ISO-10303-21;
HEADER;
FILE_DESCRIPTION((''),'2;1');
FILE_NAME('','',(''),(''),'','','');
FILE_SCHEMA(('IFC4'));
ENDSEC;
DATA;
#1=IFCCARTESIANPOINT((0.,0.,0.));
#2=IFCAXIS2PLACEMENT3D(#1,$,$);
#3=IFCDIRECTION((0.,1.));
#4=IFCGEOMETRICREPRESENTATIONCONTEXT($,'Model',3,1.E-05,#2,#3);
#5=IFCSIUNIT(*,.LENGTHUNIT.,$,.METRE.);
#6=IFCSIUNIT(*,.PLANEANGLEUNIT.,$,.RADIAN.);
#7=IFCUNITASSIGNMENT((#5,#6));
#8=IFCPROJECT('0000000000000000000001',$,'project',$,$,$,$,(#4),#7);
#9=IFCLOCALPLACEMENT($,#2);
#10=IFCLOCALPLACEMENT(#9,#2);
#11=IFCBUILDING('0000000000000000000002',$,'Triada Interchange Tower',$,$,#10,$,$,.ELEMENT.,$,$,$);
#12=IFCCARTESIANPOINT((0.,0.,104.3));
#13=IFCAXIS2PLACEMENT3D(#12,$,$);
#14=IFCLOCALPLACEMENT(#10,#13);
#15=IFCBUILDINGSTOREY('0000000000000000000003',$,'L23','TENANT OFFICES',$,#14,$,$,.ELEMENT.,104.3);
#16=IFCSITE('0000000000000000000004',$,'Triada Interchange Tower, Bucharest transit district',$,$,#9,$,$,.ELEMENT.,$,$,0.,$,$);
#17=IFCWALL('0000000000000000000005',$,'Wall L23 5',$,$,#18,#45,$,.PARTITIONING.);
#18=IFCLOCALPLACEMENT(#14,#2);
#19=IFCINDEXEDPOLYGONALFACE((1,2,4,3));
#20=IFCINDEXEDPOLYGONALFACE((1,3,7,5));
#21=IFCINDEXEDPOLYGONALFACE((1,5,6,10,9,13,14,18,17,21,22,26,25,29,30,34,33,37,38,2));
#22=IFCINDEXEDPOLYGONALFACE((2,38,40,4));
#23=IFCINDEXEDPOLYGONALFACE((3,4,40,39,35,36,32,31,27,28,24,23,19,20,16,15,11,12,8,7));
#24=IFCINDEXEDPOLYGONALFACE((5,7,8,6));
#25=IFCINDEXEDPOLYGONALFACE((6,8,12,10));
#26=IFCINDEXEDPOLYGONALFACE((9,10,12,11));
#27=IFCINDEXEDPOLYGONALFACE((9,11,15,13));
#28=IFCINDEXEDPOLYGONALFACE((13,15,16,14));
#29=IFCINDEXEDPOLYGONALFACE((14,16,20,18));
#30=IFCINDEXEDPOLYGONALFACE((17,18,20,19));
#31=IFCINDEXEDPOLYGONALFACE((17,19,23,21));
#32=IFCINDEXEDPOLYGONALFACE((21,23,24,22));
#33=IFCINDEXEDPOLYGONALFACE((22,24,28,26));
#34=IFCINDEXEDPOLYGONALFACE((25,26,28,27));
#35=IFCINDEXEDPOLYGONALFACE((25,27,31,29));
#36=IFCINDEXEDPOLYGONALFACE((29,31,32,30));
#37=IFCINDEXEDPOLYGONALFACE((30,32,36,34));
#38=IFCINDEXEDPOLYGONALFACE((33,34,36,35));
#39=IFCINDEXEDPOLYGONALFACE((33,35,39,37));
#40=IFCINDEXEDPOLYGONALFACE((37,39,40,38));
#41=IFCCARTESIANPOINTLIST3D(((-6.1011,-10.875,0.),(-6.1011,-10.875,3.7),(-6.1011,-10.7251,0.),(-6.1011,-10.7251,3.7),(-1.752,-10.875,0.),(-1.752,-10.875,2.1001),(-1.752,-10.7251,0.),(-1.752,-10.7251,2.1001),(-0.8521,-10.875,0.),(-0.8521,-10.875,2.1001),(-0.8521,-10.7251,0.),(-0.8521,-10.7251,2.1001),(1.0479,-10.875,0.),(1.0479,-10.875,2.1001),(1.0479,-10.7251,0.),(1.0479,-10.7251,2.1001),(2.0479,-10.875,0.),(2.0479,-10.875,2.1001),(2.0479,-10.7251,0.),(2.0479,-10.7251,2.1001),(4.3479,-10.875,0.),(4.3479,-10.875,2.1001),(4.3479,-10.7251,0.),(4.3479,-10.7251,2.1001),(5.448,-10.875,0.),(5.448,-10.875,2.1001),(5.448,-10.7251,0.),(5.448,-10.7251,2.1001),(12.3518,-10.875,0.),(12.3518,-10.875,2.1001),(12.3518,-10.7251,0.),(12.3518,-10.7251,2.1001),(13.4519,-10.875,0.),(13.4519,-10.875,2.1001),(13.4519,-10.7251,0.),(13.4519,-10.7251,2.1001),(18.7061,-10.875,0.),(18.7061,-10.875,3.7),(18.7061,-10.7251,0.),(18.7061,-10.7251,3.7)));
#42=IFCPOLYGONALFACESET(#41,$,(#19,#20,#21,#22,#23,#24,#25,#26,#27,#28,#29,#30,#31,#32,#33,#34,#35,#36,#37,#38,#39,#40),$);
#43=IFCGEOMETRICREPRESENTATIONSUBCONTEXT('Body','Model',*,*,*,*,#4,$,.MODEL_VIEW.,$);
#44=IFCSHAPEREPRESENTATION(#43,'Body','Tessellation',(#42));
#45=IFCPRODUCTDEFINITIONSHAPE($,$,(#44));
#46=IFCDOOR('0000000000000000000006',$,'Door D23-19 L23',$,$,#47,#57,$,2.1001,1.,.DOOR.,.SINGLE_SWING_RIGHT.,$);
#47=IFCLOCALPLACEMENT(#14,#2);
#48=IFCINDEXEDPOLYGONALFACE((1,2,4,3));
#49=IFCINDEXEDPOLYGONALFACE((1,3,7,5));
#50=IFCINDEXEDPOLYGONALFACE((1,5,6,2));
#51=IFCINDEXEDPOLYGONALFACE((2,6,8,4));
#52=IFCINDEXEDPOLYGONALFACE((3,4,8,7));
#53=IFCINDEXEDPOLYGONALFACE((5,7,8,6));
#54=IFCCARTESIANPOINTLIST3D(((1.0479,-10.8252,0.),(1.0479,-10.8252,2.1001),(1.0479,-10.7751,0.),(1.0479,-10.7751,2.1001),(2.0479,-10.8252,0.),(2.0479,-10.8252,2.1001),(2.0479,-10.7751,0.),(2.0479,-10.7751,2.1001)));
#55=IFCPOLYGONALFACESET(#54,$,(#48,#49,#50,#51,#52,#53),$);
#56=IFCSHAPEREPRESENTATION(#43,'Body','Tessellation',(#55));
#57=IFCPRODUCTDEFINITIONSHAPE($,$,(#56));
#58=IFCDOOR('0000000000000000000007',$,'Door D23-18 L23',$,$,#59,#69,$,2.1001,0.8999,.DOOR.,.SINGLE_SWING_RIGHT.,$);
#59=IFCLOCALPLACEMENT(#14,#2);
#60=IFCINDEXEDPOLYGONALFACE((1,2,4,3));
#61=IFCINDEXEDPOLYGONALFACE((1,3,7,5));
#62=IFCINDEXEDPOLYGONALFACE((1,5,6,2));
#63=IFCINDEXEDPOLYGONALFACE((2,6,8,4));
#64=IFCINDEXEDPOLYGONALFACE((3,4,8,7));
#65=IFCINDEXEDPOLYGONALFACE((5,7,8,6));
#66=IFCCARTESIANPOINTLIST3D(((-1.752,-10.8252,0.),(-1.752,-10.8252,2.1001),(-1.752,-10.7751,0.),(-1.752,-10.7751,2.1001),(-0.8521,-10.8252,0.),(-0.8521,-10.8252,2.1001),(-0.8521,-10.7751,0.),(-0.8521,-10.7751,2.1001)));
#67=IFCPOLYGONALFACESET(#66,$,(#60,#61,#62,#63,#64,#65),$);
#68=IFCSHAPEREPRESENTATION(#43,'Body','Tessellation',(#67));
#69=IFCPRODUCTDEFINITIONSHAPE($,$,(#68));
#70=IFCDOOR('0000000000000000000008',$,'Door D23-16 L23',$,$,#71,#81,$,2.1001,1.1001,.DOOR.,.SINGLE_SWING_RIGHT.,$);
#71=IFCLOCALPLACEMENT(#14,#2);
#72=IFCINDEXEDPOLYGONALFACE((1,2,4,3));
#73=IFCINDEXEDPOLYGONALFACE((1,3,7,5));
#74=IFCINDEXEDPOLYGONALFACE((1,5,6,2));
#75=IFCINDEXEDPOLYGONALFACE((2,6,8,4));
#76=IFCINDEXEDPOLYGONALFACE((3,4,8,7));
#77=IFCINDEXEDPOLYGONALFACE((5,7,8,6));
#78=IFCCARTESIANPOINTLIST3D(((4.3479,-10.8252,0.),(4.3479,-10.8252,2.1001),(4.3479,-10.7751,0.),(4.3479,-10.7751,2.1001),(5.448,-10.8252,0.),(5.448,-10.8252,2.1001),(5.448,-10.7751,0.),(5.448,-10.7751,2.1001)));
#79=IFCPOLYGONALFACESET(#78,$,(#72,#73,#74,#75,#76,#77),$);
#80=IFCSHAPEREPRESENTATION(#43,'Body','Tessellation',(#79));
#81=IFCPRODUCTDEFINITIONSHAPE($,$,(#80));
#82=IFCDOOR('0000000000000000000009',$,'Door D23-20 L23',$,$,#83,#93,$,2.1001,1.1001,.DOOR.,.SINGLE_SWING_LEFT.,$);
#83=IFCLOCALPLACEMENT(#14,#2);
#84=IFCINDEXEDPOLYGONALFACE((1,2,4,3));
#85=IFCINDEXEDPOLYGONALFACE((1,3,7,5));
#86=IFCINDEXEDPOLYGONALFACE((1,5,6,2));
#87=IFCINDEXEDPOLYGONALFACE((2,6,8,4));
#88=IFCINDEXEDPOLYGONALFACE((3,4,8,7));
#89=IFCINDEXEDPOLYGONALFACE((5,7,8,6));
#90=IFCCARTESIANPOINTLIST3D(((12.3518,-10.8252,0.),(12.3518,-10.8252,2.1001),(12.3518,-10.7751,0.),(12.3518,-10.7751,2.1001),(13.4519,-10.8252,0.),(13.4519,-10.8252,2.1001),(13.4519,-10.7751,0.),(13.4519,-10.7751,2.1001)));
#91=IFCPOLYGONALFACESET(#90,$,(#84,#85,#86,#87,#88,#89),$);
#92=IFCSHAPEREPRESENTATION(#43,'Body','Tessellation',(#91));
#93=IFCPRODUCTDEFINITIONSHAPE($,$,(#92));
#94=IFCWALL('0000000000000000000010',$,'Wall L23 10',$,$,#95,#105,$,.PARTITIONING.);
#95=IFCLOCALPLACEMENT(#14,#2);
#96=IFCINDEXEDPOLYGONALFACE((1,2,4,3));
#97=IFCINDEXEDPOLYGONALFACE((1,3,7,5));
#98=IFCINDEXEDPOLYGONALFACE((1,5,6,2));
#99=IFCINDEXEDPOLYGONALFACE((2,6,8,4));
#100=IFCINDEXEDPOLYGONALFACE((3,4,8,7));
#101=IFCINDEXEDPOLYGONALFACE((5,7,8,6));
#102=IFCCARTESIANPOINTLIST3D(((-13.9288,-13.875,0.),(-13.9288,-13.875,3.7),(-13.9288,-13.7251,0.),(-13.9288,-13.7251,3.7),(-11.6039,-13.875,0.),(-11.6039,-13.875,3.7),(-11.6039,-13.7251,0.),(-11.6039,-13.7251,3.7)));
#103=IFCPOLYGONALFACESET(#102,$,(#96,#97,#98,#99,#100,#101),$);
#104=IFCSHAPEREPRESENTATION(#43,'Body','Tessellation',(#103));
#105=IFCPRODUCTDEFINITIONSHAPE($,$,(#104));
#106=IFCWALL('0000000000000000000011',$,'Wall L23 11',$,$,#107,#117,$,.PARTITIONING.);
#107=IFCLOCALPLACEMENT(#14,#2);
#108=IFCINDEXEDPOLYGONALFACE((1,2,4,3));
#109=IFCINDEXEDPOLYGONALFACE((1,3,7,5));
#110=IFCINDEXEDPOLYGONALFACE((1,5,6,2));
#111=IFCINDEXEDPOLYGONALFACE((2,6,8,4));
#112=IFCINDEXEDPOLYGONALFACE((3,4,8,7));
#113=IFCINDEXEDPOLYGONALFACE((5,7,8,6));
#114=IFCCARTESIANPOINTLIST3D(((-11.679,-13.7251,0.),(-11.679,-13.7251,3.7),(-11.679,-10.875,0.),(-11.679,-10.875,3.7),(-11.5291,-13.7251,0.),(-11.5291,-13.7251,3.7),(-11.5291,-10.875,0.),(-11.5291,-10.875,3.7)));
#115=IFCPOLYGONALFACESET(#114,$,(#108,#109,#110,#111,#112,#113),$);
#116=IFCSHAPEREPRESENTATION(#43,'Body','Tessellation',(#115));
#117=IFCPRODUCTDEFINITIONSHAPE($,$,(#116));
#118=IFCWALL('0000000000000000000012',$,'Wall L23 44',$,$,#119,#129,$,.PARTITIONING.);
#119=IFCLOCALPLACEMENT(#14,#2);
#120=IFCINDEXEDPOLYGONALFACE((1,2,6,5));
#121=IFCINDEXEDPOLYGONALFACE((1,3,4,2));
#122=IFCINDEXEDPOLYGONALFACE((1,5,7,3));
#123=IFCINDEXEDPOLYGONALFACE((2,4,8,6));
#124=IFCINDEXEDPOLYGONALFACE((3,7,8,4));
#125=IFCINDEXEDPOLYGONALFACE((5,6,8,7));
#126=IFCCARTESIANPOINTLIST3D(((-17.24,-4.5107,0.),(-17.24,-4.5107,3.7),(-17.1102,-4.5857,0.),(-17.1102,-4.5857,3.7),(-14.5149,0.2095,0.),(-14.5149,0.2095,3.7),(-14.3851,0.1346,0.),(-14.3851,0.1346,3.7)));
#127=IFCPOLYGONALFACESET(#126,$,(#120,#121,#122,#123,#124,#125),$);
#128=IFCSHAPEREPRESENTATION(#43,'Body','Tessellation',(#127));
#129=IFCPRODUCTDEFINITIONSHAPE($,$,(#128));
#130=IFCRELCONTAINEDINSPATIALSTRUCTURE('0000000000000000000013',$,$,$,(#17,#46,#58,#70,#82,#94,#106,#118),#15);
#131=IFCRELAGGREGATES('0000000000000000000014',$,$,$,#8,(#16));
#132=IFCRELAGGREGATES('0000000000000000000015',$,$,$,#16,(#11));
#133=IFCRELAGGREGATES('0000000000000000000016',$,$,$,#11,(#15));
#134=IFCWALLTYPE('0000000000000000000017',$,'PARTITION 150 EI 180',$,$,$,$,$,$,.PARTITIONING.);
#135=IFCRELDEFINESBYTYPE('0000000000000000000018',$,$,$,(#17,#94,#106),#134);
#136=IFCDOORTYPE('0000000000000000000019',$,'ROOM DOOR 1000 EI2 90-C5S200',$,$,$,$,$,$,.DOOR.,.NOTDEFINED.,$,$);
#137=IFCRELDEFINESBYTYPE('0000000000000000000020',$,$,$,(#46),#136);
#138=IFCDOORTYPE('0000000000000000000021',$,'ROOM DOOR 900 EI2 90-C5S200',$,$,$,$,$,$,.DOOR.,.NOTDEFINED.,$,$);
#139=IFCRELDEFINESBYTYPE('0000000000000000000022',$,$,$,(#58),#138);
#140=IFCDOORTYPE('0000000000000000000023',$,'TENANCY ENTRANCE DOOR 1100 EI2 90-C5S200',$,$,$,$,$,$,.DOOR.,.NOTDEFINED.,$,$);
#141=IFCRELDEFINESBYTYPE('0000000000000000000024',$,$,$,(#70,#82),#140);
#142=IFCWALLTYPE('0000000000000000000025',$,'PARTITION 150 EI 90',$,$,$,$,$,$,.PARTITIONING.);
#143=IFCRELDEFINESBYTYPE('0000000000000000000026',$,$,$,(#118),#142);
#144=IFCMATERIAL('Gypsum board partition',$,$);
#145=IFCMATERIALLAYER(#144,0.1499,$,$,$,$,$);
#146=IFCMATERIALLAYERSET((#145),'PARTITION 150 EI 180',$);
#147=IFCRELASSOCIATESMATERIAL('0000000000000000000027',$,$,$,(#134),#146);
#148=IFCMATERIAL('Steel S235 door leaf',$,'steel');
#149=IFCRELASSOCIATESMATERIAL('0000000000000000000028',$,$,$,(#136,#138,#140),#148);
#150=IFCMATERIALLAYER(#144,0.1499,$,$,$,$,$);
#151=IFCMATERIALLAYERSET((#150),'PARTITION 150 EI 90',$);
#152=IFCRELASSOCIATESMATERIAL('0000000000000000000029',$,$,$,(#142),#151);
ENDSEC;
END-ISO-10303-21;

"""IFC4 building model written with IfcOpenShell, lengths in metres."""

from ifc_helpers import new_model, si_unit, direction, frame, frame_2d, origin, place, context, subcontext, project, spatial, rectangle, extrude, material, layer, layer_set, type_object, element, fill, save


model = new_model("IFC4")

# Units and contexts
model_context = context("Model", 3, precision=1e-05, world=origin(), true_north=direction((0.0, 1.0)))
body_context = subcontext(model_context, "Body", "Model", "MODEL_VIEW")
ifc_project = project(units=[si_unit("LENGTHUNIT", "METRE"), si_unit("PLANEANGLEUNIT", "RADIAN")], contexts=[model_context])

# Site, building, storey
site_placement = place(None, origin())
site = spatial("IfcSite", under=ifc_project, at=site_placement, Name="Triada Interchange Tower, Bucharest transit district", CompositionType="ELEMENT", RefElevation=0.0)
building_placement = place(site_placement, origin())
building = spatial("IfcBuilding", under=site, at=building_placement, Name="Triada Interchange Tower", CompositionType="ELEMENT")
storey_placement = place(building_placement, frame((0.0, 0.0, 104.3)))
storey = spatial("IfcBuildingStorey", under=building, at=storey_placement, Name="L23", Description="TENANT OFFICES", CompositionType="ELEMENT", Elevation=104.3)

# Shared definitions
ifc_material_1 = material(Name="Steel S235 door leaf", Category="steel")

# Wall, openings, doors
ifc_material_2 = material(Name="Gypsum board partition")
ifc_layer_1 = layer(ifc_material_2, 0.1499)
ifc_layer_set_1 = layer_set([ifc_layer_1], Name="PARTITION 150 EI 180")
wall_type_1 = type_object("IfcWallType", Name="PARTITION 150 EI 180", PredefinedType="PARTITIONING", material=ifc_layer_set_1)
wall_1_placement = place(storey_placement, frame((-6.1011, -10.8, 0.0), z_axis=(0.0, 0.0, 1.0), x_axis=(1.0, 0.0, 0.0)))
wall_1 = element("IfcWall", 1, at=wall_1_placement, inside=storey, type_object=wall_type_1, Name="Wall L23 5", PredefinedType="PARTITIONING", context=body_context, shape_type="SweptSolid", body=[
    extrude(rectangle(XDim=24.8071, YDim=0.1499, at=frame_2d((12.4036, 0.0))), origin(), (0.0, 0.0, 1.0), 3.7),
])
opening_1_placement = place(wall_1_placement, frame((10.449, 0.0, 0.0)))
opening_1 = element("IfcOpeningElement", 2, at=opening_1_placement, cuts=wall_1, PredefinedType="OPENING", context=body_context, shape_type="SweptSolid", body=[
    extrude(rectangle(XDim=1.1001, YDim=2.1001, at=frame_2d((0.55, 1.05))), frame((0.0, 0.085, 0.0), z_axis=(0.0, -1.0, 0.0), x_axis=(1.0, 0.0, 0.0)), (0.0, 0.0, 1.0), 0.1699),
])
opening_2_placement = place(wall_1_placement, frame((4.3491, 0.0, 0.0)))
opening_2 = element("IfcOpeningElement", 3, at=opening_2_placement, cuts=wall_1, PredefinedType="OPENING", context=body_context, shape_type="SweptSolid", body=[
    extrude(rectangle(XDim=0.8999, YDim=2.1001, at=frame_2d((0.45, 1.05))), frame((0.0, 0.085, 0.0), z_axis=(0.0, -1.0, 0.0), x_axis=(1.0, 0.0, 0.0)), (0.0, 0.0, 1.0), 0.1699),
])
opening_3_placement = place(wall_1_placement, frame((7.1489, 0.0, 0.0)))
opening_3 = element("IfcOpeningElement", 4, at=opening_3_placement, cuts=wall_1, PredefinedType="OPENING", context=body_context, shape_type="SweptSolid", body=[
    extrude(rectangle(XDim=1.0, YDim=2.1001, at=frame_2d((0.5, 1.05))), frame((0.0, 0.085, 0.0), z_axis=(0.0, -1.0, 0.0), x_axis=(1.0, 0.0, 0.0)), (0.0, 0.0, 1.0), 0.1699),
])
opening_4_placement = place(wall_1_placement, frame((18.4529, 0.0, 0.0)))
opening_4 = element("IfcOpeningElement", 5, at=opening_4_placement, cuts=wall_1, PredefinedType="OPENING", context=body_context, shape_type="SweptSolid", body=[
    extrude(rectangle(XDim=1.1001, YDim=2.1001, at=frame_2d((0.55, 1.05))), frame((0.0, 0.085, 0.0), z_axis=(0.0, -1.0, 0.0), x_axis=(1.0, 0.0, 0.0)), (0.0, 0.0, 1.0), 0.1699),
])
door_type_1 = type_object("IfcDoorType", Name="ROOM DOOR 1000 EI2 90-C5S200", OperationType="NOTDEFINED", PredefinedType="DOOR", material=ifc_material_1)
door_1_placement = place(opening_3_placement, origin())
door_1 = element("IfcDoor", 6, at=door_1_placement, inside=storey, type_object=door_type_1, Name="Door D23-19 L23", OperationType="SINGLE_SWING_RIGHT", OverallHeight=2.1001, OverallWidth=1.0, PredefinedType="DOOR", context=body_context, shape_type="SweptSolid", body=[
    extrude(rectangle(XDim=1.0, YDim=2.1001, at=frame_2d((0.5, 1.05))), frame((0.0, 0.0249, 0.0), z_axis=(0.0, -1.0, 0.0), x_axis=(1.0, 0.0, 0.0)), (0.0, 0.0, 1.0), 0.05),
])
fill(opening_3, door_1)
door_type_2 = type_object("IfcDoorType", Name="ROOM DOOR 900 EI2 90-C5S200", OperationType="NOTDEFINED", PredefinedType="DOOR", material=ifc_material_1)
door_2_placement = place(opening_2_placement, origin())
door_2 = element("IfcDoor", 7, at=door_2_placement, inside=storey, type_object=door_type_2, Name="Door D23-18 L23", OperationType="SINGLE_SWING_RIGHT", OverallHeight=2.1001, OverallWidth=0.8999, PredefinedType="DOOR", context=body_context, shape_type="SweptSolid", body=[
    extrude(rectangle(XDim=0.8999, YDim=2.1001, at=frame_2d((0.45, 1.05))), frame((0.0, 0.0249, 0.0), z_axis=(0.0, -1.0, 0.0), x_axis=(1.0, 0.0, 0.0)), (0.0, 0.0, 1.0), 0.05),
])
fill(opening_2, door_2)
door_type_3 = type_object("IfcDoorType", Name="TENANCY ENTRANCE DOOR 1100 EI2 90-C5S200", OperationType="NOTDEFINED", PredefinedType="DOOR", material=ifc_material_1)
door_3_placement = place(opening_1_placement, origin())
door_3 = element("IfcDoor", 8, at=door_3_placement, inside=storey, type_object=door_type_3, Name="Door D23-16 L23", OperationType="SINGLE_SWING_RIGHT", OverallHeight=2.1001, OverallWidth=1.1001, PredefinedType="DOOR", context=body_context, shape_type="SweptSolid", body=[
    extrude(rectangle(XDim=1.1001, YDim=2.1001, at=frame_2d((0.55, 1.05))), frame((0.0, 0.0249, 0.0), z_axis=(0.0, -1.0, 0.0), x_axis=(1.0, 0.0, 0.0)), (0.0, 0.0, 1.0), 0.05),
])
fill(opening_1, door_3)
door_4_placement = place(opening_4_placement, origin())
door_4 = element("IfcDoor", 9, at=door_4_placement, inside=storey, type_object=door_type_3, Name="Door D23-20 L23", OperationType="SINGLE_SWING_LEFT", OverallHeight=2.1001, OverallWidth=1.1001, PredefinedType="DOOR", context=body_context, shape_type="SweptSolid", body=[
    extrude(rectangle(XDim=1.1001, YDim=2.1001, at=frame_2d((0.55, 1.05))), frame((0.0, 0.0249, 0.0), z_axis=(0.0, -1.0, 0.0), x_axis=(1.0, 0.0, 0.0)), (0.0, 0.0, 1.0), 0.05),
])
fill(opening_4, door_4)

# Walls
wall_2_placement = place(storey_placement, frame((-13.929, -13.8, 0.0), z_axis=(0.0, 0.0, 1.0), x_axis=(1.0, 0.0, 0.0)))
element("IfcWall", 10, at=wall_2_placement, inside=storey, type_object=wall_type_1, Name="Wall L23 10", PredefinedType="PARTITIONING", context=body_context, shape_type="SweptSolid", body=[
    extrude(rectangle(XDim=2.325, YDim=0.1499, at=frame_2d((1.1626, 0.0))), origin(), (0.0, 0.0, 1.0), 3.7),
])
wall_3_placement = place(storey_placement, frame((-11.604, -13.7251, 0.0), z_axis=(0.0, 0.0, 1.0), x_axis=(0.0, 1.0, 0.0)))
element("IfcWall", 11, at=wall_3_placement, inside=storey, type_object=wall_type_1, Name="Wall L23 11", PredefinedType="PARTITIONING", context=body_context, shape_type="SweptSolid", body=[
    extrude(rectangle(XDim=2.8501, YDim=0.1499, at=frame_2d((1.425, 0.0))), origin(), (0.0, 0.0, 1.0), 3.7),
])
ifc_layer_2 = layer(ifc_material_2, 0.1499)
ifc_layer_set_2 = layer_set([ifc_layer_2], Name="PARTITION 150 EI 90")
wall_type_2 = type_object("IfcWallType", Name="PARTITION 150 EI 90", PredefinedType="PARTITIONING", material=ifc_layer_set_2)
wall_4_placement = place(storey_placement, frame((-17.175, -4.5481, 0.0), z_axis=(0.0, 0.0, 1.0), x_axis=(0.499984, 0.866035, 0.0)))
element("IfcWall", 12, at=wall_4_placement, inside=storey, type_object=wall_type_2, Name="Wall L23 44", PredefinedType="PARTITIONING", context=body_context, shape_type="SweptSolid", body=[
    extrude(rectangle(XDim=5.4504, YDim=0.1499, at=frame_2d((2.7251, 0.0))), origin(), (0.0, 0.0, 1.0), 3.7),
])

save(model, "model.ifc")
